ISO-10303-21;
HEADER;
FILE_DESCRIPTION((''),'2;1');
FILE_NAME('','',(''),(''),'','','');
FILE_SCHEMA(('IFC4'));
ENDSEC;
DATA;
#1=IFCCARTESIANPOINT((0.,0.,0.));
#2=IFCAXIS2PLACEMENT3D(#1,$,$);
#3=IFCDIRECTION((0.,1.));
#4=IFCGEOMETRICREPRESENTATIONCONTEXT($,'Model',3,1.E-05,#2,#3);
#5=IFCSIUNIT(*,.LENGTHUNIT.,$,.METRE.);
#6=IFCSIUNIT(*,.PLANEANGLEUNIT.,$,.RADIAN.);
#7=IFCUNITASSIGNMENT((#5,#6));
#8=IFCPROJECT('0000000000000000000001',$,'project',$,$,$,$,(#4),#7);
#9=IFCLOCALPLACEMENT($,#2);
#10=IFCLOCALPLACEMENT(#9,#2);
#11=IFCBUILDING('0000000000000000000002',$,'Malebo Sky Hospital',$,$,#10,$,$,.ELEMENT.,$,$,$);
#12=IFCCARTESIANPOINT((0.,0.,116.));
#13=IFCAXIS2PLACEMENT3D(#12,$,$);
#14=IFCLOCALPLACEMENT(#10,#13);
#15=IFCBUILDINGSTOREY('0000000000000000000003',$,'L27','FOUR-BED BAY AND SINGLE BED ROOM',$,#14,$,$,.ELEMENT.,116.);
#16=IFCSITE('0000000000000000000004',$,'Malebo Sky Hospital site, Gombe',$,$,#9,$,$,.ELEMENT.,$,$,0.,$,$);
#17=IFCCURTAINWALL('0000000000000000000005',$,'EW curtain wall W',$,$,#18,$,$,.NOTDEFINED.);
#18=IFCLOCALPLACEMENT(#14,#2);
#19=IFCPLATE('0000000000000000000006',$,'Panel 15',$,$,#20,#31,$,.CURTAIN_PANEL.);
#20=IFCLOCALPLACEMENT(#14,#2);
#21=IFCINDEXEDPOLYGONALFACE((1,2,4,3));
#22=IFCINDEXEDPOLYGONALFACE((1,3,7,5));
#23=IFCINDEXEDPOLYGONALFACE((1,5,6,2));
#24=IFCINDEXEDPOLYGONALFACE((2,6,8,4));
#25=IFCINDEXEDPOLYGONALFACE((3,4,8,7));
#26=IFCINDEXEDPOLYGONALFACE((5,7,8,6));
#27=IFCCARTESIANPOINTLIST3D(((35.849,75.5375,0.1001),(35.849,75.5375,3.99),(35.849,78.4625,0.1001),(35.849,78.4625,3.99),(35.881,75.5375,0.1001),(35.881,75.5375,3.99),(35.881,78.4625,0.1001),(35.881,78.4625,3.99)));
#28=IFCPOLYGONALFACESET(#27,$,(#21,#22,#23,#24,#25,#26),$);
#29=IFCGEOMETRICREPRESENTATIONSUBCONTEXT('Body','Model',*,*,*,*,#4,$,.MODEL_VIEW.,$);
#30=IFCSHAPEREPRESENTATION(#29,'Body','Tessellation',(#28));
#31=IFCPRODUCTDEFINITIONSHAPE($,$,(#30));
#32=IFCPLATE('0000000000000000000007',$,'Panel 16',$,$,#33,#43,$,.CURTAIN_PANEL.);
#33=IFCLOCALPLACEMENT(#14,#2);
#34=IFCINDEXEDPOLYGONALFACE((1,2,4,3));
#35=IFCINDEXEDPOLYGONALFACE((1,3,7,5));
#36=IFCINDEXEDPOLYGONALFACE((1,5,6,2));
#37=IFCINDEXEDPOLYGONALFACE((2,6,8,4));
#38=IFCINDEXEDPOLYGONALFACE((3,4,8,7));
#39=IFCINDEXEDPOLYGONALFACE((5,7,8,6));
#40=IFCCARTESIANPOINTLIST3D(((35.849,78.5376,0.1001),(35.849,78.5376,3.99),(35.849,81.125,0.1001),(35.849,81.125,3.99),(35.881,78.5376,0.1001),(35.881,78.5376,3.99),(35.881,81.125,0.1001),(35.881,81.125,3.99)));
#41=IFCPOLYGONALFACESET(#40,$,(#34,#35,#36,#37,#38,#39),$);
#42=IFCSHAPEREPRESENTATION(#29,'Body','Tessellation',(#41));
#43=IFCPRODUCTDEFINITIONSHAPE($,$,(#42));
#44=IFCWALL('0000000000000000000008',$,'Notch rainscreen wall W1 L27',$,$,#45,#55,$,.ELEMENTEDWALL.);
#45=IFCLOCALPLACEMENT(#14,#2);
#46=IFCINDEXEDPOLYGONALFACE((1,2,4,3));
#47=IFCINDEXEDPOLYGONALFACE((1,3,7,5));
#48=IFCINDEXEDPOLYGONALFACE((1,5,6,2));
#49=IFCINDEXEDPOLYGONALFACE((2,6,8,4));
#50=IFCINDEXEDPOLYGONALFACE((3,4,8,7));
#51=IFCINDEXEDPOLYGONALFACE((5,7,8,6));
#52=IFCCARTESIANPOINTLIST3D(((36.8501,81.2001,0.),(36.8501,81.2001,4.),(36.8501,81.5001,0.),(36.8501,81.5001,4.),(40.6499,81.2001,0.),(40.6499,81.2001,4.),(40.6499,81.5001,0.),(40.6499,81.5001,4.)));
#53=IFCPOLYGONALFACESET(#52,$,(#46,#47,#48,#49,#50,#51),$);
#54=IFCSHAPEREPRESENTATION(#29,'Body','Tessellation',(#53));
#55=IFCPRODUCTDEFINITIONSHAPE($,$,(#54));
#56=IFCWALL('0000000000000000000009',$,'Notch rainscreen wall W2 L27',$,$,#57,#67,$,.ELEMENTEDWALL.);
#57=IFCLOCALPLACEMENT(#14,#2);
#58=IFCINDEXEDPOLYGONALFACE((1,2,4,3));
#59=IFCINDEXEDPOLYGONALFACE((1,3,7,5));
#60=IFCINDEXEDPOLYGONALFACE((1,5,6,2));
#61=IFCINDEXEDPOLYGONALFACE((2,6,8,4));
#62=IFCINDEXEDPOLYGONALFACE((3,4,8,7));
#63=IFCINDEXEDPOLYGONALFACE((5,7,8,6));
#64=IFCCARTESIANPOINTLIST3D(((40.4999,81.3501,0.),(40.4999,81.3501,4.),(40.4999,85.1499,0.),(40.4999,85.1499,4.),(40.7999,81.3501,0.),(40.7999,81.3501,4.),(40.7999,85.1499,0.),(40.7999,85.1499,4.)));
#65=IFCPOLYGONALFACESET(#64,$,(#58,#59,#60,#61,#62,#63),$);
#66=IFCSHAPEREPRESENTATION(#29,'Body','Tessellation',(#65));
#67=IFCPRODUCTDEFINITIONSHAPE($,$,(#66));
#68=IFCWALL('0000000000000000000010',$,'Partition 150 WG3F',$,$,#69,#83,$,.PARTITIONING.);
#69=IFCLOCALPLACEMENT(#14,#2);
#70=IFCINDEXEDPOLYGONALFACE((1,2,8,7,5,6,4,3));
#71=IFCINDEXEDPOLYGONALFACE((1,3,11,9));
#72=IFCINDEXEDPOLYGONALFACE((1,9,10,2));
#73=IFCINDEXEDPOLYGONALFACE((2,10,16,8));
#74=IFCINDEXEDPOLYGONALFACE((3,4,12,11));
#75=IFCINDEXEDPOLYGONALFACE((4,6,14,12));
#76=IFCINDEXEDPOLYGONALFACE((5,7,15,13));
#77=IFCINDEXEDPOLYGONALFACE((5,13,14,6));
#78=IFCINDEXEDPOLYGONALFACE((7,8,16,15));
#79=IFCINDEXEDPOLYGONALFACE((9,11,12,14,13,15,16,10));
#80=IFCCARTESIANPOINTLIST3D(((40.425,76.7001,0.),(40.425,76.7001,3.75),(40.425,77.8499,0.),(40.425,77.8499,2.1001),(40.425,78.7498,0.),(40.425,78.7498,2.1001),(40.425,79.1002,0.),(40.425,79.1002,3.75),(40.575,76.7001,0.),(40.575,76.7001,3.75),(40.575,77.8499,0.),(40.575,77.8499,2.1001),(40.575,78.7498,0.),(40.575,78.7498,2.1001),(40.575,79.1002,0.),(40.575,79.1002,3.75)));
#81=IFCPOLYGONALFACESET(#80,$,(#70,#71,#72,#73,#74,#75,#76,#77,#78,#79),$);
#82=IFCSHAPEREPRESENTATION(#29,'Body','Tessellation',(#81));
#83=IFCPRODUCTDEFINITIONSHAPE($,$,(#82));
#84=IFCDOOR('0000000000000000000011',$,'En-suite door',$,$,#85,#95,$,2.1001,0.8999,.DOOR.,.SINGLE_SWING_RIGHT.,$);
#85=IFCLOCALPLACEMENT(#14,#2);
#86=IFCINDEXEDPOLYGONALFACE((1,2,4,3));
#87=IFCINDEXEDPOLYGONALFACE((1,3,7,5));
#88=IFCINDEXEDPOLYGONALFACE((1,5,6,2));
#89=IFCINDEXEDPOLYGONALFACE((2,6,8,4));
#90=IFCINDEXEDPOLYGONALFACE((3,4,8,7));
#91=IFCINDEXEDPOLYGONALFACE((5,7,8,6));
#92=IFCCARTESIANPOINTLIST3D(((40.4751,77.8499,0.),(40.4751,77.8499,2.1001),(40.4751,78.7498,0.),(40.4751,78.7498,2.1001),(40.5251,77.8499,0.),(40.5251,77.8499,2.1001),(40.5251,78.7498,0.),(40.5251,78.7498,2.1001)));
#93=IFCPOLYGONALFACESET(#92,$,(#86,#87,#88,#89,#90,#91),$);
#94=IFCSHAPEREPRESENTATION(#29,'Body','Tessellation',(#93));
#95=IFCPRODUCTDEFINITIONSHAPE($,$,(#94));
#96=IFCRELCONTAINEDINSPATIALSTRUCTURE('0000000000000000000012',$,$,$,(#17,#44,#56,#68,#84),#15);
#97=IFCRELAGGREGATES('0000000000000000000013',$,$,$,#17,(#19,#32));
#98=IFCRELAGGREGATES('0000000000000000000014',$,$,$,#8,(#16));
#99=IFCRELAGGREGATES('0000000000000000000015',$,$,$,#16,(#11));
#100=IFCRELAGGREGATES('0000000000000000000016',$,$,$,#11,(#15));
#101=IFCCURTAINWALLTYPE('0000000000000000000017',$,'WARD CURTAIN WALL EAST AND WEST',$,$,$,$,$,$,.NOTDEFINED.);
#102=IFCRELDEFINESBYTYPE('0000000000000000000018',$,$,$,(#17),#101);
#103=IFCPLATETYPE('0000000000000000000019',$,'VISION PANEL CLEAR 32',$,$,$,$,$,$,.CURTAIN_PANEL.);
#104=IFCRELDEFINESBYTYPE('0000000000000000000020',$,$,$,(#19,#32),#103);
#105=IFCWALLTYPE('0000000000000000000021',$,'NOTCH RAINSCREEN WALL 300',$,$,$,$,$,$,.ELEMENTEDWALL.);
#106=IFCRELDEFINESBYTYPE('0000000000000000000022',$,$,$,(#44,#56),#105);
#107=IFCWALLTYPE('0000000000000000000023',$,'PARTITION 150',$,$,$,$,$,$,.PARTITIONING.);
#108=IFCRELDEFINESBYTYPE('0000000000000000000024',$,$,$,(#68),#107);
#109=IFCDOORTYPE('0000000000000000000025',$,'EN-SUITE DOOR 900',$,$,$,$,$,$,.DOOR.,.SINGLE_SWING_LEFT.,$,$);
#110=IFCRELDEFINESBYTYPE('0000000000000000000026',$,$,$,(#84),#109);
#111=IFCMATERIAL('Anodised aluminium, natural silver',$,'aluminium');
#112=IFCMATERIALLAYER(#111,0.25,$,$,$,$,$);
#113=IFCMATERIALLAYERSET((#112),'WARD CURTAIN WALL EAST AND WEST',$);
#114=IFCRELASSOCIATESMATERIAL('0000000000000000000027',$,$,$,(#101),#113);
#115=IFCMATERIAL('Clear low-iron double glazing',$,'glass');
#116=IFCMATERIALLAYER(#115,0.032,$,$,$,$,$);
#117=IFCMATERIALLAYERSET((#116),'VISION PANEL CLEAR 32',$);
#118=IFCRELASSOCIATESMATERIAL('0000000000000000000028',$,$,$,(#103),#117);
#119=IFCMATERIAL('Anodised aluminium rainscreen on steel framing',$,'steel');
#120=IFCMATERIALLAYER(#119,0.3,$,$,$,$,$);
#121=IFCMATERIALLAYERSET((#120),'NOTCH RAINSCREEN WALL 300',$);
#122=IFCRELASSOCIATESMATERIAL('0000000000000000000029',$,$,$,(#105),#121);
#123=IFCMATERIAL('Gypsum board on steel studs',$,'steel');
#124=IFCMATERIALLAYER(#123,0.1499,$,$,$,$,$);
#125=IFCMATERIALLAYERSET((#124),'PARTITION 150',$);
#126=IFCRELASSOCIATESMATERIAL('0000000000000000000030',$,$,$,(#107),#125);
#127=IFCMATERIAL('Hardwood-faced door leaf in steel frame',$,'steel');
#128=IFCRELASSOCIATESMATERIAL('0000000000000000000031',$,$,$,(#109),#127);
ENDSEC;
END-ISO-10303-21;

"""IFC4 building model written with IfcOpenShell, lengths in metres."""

from ifc_helpers import new_model, si_unit, direction, frame, frame_2d, origin, origin_2d, place, context, subcontext, project, spatial, rectangle, extrude, material, layer, layer_set, type_object, element, fill, aggregate, save


model = new_model("IFC4")

# Units and contexts
model_context = context("Model", 3, precision=1e-05, world=origin(), true_north=direction((0.0, 1.0)))
body_context = subcontext(model_context, "Body", "Model", "MODEL_VIEW")
ifc_project = project(units=[si_unit("LENGTHUNIT", "METRE"), si_unit("PLANEANGLEUNIT", "RADIAN")], contexts=[model_context])

# Site, building, storey
site_placement = place(None, origin())
site = spatial("IfcSite", under=ifc_project, at=site_placement, Name="Malebo Sky Hospital site, Gombe", CompositionType="ELEMENT", RefElevation=0.0)
building_placement = place(site_placement, origin())
building = spatial("IfcBuilding", under=site, at=building_placement, Name="Malebo Sky Hospital", CompositionType="ELEMENT")
storey_placement = place(building_placement, frame((0.0, 0.0, 116.0)))
storey = spatial("IfcBuildingStorey", under=building, at=storey_placement, Name="L27", Description="FOUR-BED BAY AND SINGLE BED ROOM", CompositionType="ELEMENT", Elevation=116.0)

# Shared definitions
ifc_material_1 = material(Name="Anodised aluminium, natural silver", Category="aluminium")

# Curtain wall
ifc_layer_1 = layer(ifc_material_1, 0.25)
ifc_layer_set_1 = layer_set([ifc_layer_1], Name="WARD CURTAIN WALL EAST AND WEST")
curtain_wall_type_1 = type_object("IfcCurtainWallType", Name="WARD CURTAIN WALL EAST AND WEST", PredefinedType="NOTDEFINED", material=ifc_layer_set_1)
curtain_wall_1_placement = place(storey_placement, origin())
curtain_wall_1 = element("IfcCurtainWall", 1, at=curtain_wall_1_placement, inside=storey, type_object=curtain_wall_type_1, Name="EW curtain wall W", PredefinedType="NOTDEFINED")

# Plates
ifc_material_2 = material(Name="Clear low-iron double glazing", Category="glass")
ifc_layer_2 = layer(ifc_material_2, 0.032)
ifc_layer_set_2 = layer_set([ifc_layer_2], Name="VISION PANEL CLEAR 32")
plate_type = type_object("IfcPlateType", Name="VISION PANEL CLEAR 32", PredefinedType="CURTAIN_PANEL", material=ifc_layer_set_2)
plate_1_placement = place(storey_placement, frame((35.865, 77.0, 0.1001), z_axis=(0.0, 0.0, 1.0), x_axis=(0.0, 1.0, 0.0)))
plate_1 = element("IfcPlate", 2, at=plate_1_placement, type_object=plate_type, Name="Panel 15", PredefinedType="CURTAIN_PANEL", context=body_context, shape_type="SweptSolid", body=[
    extrude(rectangle(XDim=2.925, YDim=0.032, at=origin_2d()), origin(), (0.0, 0.0, 1.0), 3.8899),
])
plate_2_placement = place(storey_placement, frame((35.865, 79.8313, 0.1001), z_axis=(0.0, 0.0, 1.0), x_axis=(0.0, 1.0, 0.0)))
plate_2 = element("IfcPlate", 3, at=plate_2_placement, type_object=plate_type, Name="Panel 16", PredefinedType="CURTAIN_PANEL", context=body_context, shape_type="SweptSolid", body=[
    extrude(rectangle(XDim=2.5874, YDim=0.032, at=origin_2d()), origin(), (0.0, 0.0, 1.0), 3.8899),
])
aggregate(curtain_wall_1, [plate_1, plate_2])

# Walls
ifc_material_3 = material(Name="Anodised aluminium rainscreen on steel framing", Category="steel")
ifc_layer_3 = layer(ifc_material_3, 0.3)
ifc_layer_set_3 = layer_set([ifc_layer_3], Name="NOTCH RAINSCREEN WALL 300")
wall_type_1 = type_object("IfcWallType", Name="NOTCH RAINSCREEN WALL 300", PredefinedType="ELEMENTEDWALL", material=ifc_layer_set_3)
for number, where, z_axis, x_axis, name in (
    (4, (36.8501, 81.3501, 0.0), (0.0, 0.0, 1.0), (1.0, 0.0, 0.0), "Notch rainscreen wall W1 L27"),
    (5, (40.6499, 81.3501, 0.0), (0.0, 0.0, 1.0), (0.0, 1.0, 0.0), "Notch rainscreen wall W2 L27"),
):
    element("IfcWall", number, at=place(storey_placement, frame(where, z_axis=z_axis, x_axis=x_axis)), inside=storey, type_object=wall_type_1, Name=name, PredefinedType="ELEMENTEDWALL", context=body_context, shape_type="SweptSolid", body=[
        extrude(rectangle(XDim=3.7998, YDim=0.3, at=frame_2d((1.8999, 0.0))), origin(), (0.0, 0.0, 1.0), 4.0),
    ])

# Wall, opening, door
ifc_material_4 = material(Name="Gypsum board on steel studs", Category="steel")
ifc_layer_4 = layer(ifc_material_4, 0.1499)
ifc_layer_set_4 = layer_set([ifc_layer_4], Name="PARTITION 150")
wall_type_2 = type_object("IfcWallType", Name="PARTITION 150", PredefinedType="PARTITIONING", material=ifc_layer_set_4)
wall_placement = place(storey_placement, frame((40.5, 76.7, 0.0), z_axis=(0.0, 0.0, 1.0), x_axis=(0.0, 1.0, 0.0)))
wall = element("IfcWall", 6, at=wall_placement, inside=storey, type_object=wall_type_2, Name="Partition 150 WG3F", PredefinedType="PARTITIONING", context=body_context, shape_type="SweptSolid", body=[
    extrude(rectangle(XDim=2.4001, YDim=0.1499, at=frame_2d((1.2002, 0.0))), origin(), (0.0, 0.0, 1.0), 3.75),
])
opening_placement = place(wall_placement, frame((1.1499, 0.0, 0.0)))
opening = element("IfcOpeningElement", 7, at=opening_placement, cuts=wall, PredefinedType="OPENING", context=body_context, shape_type="SweptSolid", body=[
    extrude(rectangle(XDim=0.8999, YDim=2.1001, at=frame_2d((0.45, 1.05))), frame((0.0, 0.085, 0.0), z_axis=(0.0, -1.0, 0.0), x_axis=(1.0, 0.0, 0.0)), (0.0, 0.0, 1.0), 0.1699),
])
ifc_material_5 = material(Name="Hardwood-faced door leaf in steel frame", Category="steel")
door_type = type_object("IfcDoorType", Name="EN-SUITE DOOR 900", OperationType="SINGLE_SWING_LEFT", PredefinedType="DOOR", material=ifc_material_5)
door_placement = place(opening_placement, origin())
door = element("IfcDoor", 8, at=door_placement, inside=storey, type_object=door_type, Name="En-suite door", OperationType="SINGLE_SWING_RIGHT", OverallHeight=2.1001, OverallWidth=0.8999, PredefinedType="DOOR", context=body_context, shape_type="SweptSolid", body=[
    extrude(rectangle(XDim=0.8999, YDim=2.1001, at=frame_2d((0.45, 1.05))), frame((0.0, 0.0249, 0.0), z_axis=(0.0, -1.0, 0.0), x_axis=(1.0, 0.0, 0.0)), (0.0, 0.0, 1.0), 0.05),
])
fill(opening, door)

save(model, "model.ifc")
